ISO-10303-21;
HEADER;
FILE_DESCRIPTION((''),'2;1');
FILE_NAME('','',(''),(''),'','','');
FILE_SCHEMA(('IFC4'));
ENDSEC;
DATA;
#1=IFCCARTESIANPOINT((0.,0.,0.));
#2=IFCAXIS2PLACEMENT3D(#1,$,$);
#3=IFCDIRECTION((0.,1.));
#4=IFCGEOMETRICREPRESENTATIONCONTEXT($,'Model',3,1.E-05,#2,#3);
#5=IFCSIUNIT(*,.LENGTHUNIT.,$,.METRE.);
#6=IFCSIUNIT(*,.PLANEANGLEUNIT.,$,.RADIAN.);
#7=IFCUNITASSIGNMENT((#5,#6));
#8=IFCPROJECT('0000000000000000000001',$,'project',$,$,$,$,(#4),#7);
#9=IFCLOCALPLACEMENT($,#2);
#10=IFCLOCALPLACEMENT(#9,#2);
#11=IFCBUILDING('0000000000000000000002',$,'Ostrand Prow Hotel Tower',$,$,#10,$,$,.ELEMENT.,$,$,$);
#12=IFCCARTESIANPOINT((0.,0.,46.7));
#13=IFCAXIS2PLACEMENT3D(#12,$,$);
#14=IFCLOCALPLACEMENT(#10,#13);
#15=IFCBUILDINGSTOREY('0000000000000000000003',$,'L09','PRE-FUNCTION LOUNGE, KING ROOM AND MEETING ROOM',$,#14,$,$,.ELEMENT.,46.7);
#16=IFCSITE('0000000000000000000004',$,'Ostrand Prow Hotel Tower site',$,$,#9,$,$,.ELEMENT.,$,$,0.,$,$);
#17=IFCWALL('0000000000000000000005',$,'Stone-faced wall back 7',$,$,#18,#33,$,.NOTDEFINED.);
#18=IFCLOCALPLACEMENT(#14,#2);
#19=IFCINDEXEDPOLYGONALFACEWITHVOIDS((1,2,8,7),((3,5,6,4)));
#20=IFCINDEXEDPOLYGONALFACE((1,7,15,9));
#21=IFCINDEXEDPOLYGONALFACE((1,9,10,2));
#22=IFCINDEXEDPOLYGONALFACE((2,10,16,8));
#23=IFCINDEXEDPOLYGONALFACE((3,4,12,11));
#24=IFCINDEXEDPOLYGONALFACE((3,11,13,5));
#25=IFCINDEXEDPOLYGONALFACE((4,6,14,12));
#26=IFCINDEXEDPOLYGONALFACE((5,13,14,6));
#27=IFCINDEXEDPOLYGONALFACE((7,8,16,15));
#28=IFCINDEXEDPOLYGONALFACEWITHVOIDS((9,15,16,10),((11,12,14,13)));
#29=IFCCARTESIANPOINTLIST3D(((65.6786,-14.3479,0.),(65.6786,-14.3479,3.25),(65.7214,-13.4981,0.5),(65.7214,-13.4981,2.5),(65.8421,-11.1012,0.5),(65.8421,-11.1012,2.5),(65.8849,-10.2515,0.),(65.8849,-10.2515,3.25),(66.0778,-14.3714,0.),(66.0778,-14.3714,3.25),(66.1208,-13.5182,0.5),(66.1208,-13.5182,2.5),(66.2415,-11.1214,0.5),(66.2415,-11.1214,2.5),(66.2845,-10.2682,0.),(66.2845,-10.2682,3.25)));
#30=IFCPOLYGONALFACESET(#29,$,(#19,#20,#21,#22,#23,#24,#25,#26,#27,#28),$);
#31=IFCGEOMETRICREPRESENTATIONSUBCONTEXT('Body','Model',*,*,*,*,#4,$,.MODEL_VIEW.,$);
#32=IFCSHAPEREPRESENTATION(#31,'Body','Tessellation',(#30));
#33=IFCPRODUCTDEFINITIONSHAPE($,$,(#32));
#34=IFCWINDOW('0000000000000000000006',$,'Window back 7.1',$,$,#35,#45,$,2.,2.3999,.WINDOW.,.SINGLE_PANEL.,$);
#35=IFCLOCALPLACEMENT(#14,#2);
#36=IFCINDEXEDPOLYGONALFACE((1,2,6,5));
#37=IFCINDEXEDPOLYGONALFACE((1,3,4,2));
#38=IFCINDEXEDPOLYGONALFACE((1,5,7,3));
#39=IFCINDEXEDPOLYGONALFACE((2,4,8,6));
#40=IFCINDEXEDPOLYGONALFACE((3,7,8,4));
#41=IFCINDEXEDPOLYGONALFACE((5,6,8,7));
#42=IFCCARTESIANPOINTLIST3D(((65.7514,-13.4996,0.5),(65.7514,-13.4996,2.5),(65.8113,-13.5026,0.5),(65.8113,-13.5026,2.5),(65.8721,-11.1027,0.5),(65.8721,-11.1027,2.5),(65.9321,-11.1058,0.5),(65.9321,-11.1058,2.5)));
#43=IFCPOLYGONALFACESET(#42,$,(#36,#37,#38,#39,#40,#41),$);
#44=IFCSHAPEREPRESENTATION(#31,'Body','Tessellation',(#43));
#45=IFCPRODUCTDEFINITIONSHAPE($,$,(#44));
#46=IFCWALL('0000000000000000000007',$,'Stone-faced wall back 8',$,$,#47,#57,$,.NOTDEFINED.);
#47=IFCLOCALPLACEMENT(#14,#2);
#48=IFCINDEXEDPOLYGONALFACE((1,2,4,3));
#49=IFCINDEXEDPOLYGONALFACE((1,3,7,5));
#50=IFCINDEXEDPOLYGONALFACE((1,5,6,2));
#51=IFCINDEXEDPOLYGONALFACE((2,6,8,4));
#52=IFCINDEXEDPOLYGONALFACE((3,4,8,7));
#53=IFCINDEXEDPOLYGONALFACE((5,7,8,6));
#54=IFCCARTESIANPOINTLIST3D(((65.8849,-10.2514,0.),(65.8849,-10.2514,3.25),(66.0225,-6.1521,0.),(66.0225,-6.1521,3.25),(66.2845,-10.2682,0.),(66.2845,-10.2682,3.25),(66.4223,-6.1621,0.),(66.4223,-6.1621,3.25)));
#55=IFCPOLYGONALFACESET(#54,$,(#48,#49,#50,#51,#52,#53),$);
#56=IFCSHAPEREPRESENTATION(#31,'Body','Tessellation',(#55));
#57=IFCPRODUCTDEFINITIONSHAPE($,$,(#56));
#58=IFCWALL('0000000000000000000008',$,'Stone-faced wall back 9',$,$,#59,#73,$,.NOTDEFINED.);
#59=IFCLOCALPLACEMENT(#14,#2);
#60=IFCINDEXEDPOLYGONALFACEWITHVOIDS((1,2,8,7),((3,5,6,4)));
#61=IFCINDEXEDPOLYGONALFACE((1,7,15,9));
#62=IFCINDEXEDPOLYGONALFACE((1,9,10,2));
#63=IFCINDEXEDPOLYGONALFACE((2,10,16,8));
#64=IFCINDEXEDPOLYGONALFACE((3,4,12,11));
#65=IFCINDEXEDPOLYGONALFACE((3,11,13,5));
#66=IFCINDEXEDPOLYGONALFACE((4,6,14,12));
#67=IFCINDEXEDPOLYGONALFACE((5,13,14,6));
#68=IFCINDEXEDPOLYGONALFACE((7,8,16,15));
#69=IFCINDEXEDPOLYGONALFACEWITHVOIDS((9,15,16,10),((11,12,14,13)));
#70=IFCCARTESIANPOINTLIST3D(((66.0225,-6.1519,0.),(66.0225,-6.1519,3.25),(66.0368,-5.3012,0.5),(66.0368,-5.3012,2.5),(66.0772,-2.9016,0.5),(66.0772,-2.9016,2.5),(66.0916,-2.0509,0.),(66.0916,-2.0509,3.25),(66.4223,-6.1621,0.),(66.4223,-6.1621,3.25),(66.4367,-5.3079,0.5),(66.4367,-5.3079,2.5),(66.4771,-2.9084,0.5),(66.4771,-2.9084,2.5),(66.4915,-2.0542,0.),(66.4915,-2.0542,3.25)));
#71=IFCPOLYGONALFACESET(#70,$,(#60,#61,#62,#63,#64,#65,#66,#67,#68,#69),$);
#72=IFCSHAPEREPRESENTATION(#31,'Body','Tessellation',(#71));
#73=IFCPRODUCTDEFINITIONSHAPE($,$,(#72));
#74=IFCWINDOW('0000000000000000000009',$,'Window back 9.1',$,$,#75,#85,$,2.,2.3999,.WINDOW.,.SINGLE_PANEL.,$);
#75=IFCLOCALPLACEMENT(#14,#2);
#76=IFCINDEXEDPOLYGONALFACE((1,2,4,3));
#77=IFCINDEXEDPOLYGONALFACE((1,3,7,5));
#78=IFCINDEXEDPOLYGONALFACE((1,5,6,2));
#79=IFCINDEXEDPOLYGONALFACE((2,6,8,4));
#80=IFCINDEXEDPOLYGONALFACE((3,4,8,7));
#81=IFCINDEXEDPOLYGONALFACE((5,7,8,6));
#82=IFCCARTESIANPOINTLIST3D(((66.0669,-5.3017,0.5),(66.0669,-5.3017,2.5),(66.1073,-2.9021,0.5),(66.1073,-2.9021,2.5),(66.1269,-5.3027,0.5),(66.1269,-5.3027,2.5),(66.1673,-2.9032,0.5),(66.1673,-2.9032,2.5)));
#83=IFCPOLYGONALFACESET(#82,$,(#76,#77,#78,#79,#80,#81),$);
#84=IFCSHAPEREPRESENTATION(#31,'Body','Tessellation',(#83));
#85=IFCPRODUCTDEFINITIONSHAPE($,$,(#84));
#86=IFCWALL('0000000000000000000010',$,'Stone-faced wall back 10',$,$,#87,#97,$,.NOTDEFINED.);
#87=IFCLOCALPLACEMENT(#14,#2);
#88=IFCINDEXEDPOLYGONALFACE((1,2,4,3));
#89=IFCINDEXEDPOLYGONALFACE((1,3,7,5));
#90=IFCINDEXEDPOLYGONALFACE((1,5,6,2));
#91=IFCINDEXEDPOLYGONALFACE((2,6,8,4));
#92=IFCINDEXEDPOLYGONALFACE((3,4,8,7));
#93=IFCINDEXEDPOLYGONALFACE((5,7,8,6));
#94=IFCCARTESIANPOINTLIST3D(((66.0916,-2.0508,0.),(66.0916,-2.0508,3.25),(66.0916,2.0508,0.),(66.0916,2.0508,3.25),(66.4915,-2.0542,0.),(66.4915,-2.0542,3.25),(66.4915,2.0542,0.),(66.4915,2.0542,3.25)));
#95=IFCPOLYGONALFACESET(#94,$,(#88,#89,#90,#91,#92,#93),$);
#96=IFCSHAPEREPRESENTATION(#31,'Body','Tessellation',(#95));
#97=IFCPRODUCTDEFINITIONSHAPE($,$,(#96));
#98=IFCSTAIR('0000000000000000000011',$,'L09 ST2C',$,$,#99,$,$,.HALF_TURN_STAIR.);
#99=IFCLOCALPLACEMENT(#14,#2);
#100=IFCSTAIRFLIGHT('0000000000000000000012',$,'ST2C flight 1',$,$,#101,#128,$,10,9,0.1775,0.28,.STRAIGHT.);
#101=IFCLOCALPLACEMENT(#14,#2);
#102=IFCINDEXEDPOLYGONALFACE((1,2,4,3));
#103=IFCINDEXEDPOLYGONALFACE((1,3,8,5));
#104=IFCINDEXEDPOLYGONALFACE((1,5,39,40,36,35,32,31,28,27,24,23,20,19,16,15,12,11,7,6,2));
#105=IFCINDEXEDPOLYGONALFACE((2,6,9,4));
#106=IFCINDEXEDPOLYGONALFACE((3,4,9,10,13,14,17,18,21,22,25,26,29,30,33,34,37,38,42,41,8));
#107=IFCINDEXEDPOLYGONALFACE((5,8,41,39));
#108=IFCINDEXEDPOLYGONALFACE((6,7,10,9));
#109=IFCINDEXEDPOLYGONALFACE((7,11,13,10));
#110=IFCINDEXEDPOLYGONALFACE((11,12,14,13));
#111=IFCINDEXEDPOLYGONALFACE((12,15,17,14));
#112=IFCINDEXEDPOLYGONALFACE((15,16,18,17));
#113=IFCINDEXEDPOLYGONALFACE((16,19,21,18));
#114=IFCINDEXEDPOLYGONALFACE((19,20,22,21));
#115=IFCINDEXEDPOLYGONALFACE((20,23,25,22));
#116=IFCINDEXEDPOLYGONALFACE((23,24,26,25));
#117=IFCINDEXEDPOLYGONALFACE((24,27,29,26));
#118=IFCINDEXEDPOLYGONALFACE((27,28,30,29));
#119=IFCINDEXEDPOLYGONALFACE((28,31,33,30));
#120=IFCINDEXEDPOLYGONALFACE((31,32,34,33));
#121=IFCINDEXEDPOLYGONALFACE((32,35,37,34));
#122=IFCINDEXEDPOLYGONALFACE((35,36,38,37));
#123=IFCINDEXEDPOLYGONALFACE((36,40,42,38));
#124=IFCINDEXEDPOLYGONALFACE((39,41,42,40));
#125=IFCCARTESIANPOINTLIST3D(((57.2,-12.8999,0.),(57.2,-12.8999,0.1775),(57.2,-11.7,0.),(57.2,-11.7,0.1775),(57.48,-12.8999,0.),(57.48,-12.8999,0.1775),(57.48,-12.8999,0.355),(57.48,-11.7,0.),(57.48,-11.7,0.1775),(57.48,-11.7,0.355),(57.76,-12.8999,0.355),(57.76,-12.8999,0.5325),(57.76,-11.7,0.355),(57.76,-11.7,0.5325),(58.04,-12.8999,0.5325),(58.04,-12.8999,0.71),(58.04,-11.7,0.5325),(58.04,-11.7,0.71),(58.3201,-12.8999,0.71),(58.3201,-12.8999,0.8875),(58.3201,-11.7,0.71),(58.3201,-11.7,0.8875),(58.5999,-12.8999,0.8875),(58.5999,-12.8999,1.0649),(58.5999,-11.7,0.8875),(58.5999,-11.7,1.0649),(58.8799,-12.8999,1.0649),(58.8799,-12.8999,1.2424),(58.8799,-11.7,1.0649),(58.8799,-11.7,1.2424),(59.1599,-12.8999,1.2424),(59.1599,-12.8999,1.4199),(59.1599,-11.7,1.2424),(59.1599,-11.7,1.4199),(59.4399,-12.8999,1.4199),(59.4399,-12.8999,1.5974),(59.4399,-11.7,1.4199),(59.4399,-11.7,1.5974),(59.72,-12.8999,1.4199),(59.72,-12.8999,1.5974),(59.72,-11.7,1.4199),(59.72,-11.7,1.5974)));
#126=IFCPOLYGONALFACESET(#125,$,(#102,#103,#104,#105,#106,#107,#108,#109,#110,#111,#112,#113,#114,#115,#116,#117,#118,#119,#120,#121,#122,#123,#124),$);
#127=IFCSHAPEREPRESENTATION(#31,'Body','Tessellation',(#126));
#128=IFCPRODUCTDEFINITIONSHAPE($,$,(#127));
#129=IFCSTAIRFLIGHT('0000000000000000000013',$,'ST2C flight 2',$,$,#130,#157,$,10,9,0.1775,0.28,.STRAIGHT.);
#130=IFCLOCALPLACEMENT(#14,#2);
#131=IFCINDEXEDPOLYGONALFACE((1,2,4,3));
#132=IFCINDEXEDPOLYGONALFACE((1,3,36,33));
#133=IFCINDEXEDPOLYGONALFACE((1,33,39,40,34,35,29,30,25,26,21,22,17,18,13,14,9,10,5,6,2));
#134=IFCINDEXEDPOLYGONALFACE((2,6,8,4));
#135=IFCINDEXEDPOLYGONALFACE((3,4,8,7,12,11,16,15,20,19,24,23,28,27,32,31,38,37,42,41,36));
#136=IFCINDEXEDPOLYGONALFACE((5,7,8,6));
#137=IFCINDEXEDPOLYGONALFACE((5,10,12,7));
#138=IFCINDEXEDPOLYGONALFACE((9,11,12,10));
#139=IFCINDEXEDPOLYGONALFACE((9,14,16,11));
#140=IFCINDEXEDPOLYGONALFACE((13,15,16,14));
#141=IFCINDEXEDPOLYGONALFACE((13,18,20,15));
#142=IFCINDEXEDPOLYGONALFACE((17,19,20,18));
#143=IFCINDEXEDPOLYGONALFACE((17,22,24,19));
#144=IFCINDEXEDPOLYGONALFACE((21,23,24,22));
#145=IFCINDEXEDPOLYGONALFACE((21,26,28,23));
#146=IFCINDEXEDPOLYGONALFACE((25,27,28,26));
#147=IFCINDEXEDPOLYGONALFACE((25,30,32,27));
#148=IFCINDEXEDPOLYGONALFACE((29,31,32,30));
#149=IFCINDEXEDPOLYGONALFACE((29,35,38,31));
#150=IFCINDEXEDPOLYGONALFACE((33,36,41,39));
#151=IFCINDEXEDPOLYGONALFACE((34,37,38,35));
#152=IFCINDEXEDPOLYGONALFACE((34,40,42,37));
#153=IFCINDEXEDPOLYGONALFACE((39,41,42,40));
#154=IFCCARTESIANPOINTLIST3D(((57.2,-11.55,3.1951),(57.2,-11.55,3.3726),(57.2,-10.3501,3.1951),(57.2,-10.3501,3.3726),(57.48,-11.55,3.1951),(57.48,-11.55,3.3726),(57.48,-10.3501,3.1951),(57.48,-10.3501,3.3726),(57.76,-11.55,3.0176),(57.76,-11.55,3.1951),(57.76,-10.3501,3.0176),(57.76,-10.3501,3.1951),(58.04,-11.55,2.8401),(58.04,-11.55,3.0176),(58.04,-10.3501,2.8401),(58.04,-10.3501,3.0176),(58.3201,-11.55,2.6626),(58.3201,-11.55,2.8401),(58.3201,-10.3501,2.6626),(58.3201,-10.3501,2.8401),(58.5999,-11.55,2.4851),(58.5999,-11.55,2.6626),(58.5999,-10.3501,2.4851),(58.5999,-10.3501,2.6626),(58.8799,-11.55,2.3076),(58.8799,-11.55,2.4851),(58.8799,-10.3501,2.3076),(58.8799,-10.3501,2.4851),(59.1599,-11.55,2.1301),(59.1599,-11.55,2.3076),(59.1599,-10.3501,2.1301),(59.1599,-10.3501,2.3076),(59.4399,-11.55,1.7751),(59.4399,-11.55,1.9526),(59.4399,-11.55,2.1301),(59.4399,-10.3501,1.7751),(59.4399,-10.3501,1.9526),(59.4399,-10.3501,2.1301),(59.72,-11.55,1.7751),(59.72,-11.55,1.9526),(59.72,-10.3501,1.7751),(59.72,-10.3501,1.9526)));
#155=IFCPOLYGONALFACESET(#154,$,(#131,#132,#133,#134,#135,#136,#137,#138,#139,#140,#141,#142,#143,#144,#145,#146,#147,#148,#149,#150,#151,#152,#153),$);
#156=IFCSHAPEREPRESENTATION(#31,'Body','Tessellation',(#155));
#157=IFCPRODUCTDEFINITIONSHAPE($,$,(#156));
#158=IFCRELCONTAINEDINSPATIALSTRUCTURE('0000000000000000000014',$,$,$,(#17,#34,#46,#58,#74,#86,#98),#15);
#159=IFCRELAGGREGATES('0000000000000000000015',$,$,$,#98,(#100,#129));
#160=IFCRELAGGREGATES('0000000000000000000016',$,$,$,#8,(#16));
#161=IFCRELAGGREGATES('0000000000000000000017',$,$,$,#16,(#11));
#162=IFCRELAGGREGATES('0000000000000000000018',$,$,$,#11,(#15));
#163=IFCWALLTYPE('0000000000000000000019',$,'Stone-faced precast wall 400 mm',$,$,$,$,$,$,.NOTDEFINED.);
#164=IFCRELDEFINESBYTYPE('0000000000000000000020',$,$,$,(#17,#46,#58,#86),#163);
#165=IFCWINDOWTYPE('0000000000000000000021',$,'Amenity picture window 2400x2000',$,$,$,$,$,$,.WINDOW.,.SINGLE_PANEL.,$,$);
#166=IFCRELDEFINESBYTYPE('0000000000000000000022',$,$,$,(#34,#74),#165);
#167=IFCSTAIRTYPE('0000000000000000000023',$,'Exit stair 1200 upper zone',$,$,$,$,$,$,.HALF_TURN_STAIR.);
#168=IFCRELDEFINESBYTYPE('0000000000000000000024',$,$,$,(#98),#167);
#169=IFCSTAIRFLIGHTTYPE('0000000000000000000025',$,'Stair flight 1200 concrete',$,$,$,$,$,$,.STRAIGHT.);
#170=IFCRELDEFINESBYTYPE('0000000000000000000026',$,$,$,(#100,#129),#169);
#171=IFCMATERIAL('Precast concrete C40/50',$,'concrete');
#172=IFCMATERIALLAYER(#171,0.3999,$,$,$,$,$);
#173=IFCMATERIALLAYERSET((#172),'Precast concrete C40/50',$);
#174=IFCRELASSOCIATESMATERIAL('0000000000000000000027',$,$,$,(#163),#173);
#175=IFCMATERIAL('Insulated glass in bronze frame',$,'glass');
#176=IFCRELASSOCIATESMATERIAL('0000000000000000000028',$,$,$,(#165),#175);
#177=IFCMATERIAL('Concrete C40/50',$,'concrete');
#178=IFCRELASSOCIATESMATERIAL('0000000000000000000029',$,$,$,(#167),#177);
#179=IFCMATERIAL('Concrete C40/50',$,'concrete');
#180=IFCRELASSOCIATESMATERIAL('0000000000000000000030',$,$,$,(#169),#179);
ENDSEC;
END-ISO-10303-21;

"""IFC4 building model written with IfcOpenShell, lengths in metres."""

from ifc_helpers import new_model, si_unit, direction, frame, frame_2d, origin, place, context, subcontext, project, spatial, polyline, rectangle, outline, extrude, material, layer, layer_set, type_object, element, fill, aggregate, save


model = new_model("IFC4")

# Units and contexts
model_context = context("Model", 3, precision=1e-05, world=origin(), true_north=direction((0.0, 1.0)))
body_context = subcontext(model_context, "Body", "Model", "MODEL_VIEW")
ifc_project = project(units=[si_unit("LENGTHUNIT", "METRE"), si_unit("PLANEANGLEUNIT", "RADIAN")], contexts=[model_context])

# Site, building, storey
site_placement = place(None, origin())
site = spatial("IfcSite", under=ifc_project, at=site_placement, Name="Ostrand Prow Hotel Tower site", CompositionType="ELEMENT", RefElevation=0.0)
building_placement = place(site_placement, origin())
building = spatial("IfcBuilding", under=site, at=building_placement, Name="Ostrand Prow Hotel Tower", CompositionType="ELEMENT")
storey_placement = place(building_placement, frame((0.0, 0.0, 46.7)))
storey = spatial("IfcBuildingStorey", under=building, at=storey_placement, Name="L09", Description="PRE-FUNCTION LOUNGE, KING ROOM AND MEETING ROOM", CompositionType="ELEMENT", Elevation=46.7)

# Wall, opening, window
ifc_material_1 = material(Name="Precast concrete C40/50", Category="concrete")
ifc_layer_1 = layer(ifc_material_1, 0.3999)
ifc_layer_set_1 = layer_set([ifc_layer_1], Name="Precast concrete C40/50")
wall_type_1 = type_object("IfcWallType", Name="Stone-faced precast wall 400 mm", PredefinedType="NOTDEFINED", material=ifc_layer_set_1)
wall_1_placement = place(storey_placement, frame((65.8782, -14.3596, 0.0), z_axis=(0.0, 0.0, 1.0), x_axis=(0.050314, 0.998733, 0.0)))
wall_1 = element("IfcWall", 1, at=wall_1_placement, inside=storey, type_object=wall_type_1, Name="Stone-faced wall back 7", PredefinedType="NOTDEFINED", context=body_context, shape_type="SweptSolid", body=[
    extrude(outline(polyline([(-0.0017, -0.2), (4.1067, -0.2), (4.1033, 0.2), (0.0017, 0.2), (-0.0017, -0.2)])), origin(), (0.0, 0.0, 1.0), 3.25),
])
opening_1_placement = place(wall_1_placement, frame((0.8525, 0.0, 0.5)))
opening_1 = element("IfcOpeningElement", 2, at=opening_1_placement, cuts=wall_1, PredefinedType="OPENING", context=body_context, shape_type="SweptSolid", body=[
    extrude(rectangle(XDim=2.3999, YDim=2.0, at=frame_2d((1.2, 1.0))), frame((0.0, 0.21, 0.0), z_axis=(0.0, -1.0, 0.0), x_axis=(1.0, 0.0, 0.0)), (0.0, 0.0, 1.0), 0.4199),
])
ifc_material_2 = material(Name="Insulated glass in bronze frame", Category="glass")
window_type = type_object("IfcWindowType", Name="Amenity picture window 2400x2000", PartitioningType="SINGLE_PANEL", PredefinedType="WINDOW", material=ifc_material_2)
window_1_placement = place(opening_1_placement, origin())
window_1 = element("IfcWindow", 3, at=window_1_placement, inside=storey, type_object=window_type, Name="Window back 7.1", OverallHeight=2.0, OverallWidth=2.3999, PartitioningType="SINGLE_PANEL", PredefinedType="WINDOW", context=body_context, shape_type="SweptSolid", body=[
    extrude(rectangle(XDim=2.3999, YDim=2.0, at=frame_2d((1.2, 1.0))), frame((0.0, 0.1699, 0.0), z_axis=(0.0, -1.0, 0.0), x_axis=(1.0, 0.0, 0.0)), (0.0, 0.0, 1.0), 0.0601),
])
fill(opening_1, window_1)

# Wall
wall_2_placement = place(storey_placement, frame((66.0847, -10.2598, 0.0), z_axis=(0.0, 0.0, 1.0), x_axis=(0.033543, 0.999437, 0.0)))
element("IfcWall", 4, at=wall_2_placement, inside=storey, type_object=wall_type_1, Name="Stone-faced wall back 8", PredefinedType="NOTDEFINED", context=body_context, shape_type="SweptSolid", body=[
    extrude(outline(polyline([(-0.0017, -0.2), (4.1067, -0.2), (4.1033, 0.2), (0.0017, 0.2), (-0.0017, -0.2)])), origin(), (0.0, 0.0, 1.0), 3.25),
])

# Wall, opening, window
wall_3_placement = place(storey_placement, frame((66.2224, -6.157, 0.0), z_axis=(0.0, 0.0, 1.0), x_axis=(0.016831, 0.999858, 0.0)))
wall_3 = element("IfcWall", 5, at=wall_3_placement, inside=storey, type_object=wall_type_1, Name="Stone-faced wall back 9", PredefinedType="NOTDEFINED", context=body_context, shape_type="SweptSolid", body=[
    extrude(outline(polyline([(-0.0017, -0.2), (4.1067, -0.2), (4.1033, 0.2), (0.0017, 0.2), (-0.0017, -0.2)])), origin(), (0.0, 0.0, 1.0), 3.25),
])
opening_2_placement = place(wall_3_placement, frame((0.8525, 0.0, 0.5)))
opening_2 = element("IfcOpeningElement", 6, at=opening_2_placement, cuts=wall_3, PredefinedType="OPENING", context=body_context, shape_type="SweptSolid", body=[
    extrude(rectangle(XDim=2.3999, YDim=2.0, at=frame_2d((1.2, 1.0))), frame((0.0, 0.21, 0.0), z_axis=(0.0, -1.0, 0.0), x_axis=(1.0, 0.0, 0.0)), (0.0, 0.0, 1.0), 0.4199),
])
window_2_placement = place(opening_2_placement, origin())
window_2 = element("IfcWindow", 7, at=window_2_placement, inside=storey, type_object=window_type, Name="Window back 9.1", OverallHeight=2.0, OverallWidth=2.3999, PartitioningType="SINGLE_PANEL", PredefinedType="WINDOW", context=body_context, shape_type="SweptSolid", body=[
    extrude(rectangle(XDim=2.3999, YDim=2.0, at=frame_2d((1.2, 1.0))), frame((0.0, 0.1699, 0.0), z_axis=(0.0, -1.0, 0.0), x_axis=(1.0, 0.0, 0.0)), (0.0, 0.0, 1.0), 0.0601),
])
fill(opening_2, window_2)

# Wall
wall_4_placement = place(storey_placement, frame((66.2915, -2.0525, 0.0), z_axis=(0.0, 0.0, 1.0), x_axis=(0.0, 1.0, 0.0)))
element("IfcWall", 8, at=wall_4_placement, inside=storey, type_object=wall_type_1, Name="Stone-faced wall back 10", PredefinedType="NOTDEFINED", context=body_context, shape_type="SweptSolid", body=[
    extrude(outline(polyline([(-0.0017, -0.2), (4.1067, -0.2), (4.1033, 0.2), (0.0017, 0.2), (-0.0017, -0.2)])), origin(), (0.0, 0.0, 1.0), 3.25),
])

# Stair, stair flights
ifc_material_3 = material(Name="Concrete C40/50", Category="concrete")
stair_type = type_object("IfcStairType", Name="Exit stair 1200 upper zone", PredefinedType="HALF_TURN_STAIR", material=ifc_material_3)
stair_placement = place(storey_placement, origin())
stair = element("IfcStair", 9, at=stair_placement, inside=storey, type_object=stair_type, Name="L09 ST2C", PredefinedType="HALF_TURN_STAIR")
ifc_material_4 = material(Name="Concrete C40/50", Category="concrete")
stair_flight_type = type_object("IfcStairFlightType", Name="Stair flight 1200 concrete", PredefinedType="STRAIGHT", material=ifc_material_4)
stair_flight_1_placement = place(storey_placement, frame((57.2, -12.3, 0.0), z_axis=(0.0, 0.0, 1.0), x_axis=(1.0, 0.0, 0.0)))
stair_flight_1 = element("IfcStairFlight", 10, at=stair_flight_1_placement, type_object=stair_flight_type, Name="ST2C flight 1", NumberOfRisers=10, NumberOfTreads=9, PredefinedType="STRAIGHT", RiserHeight=0.1775, TreadLength=0.28, context=body_context, shape_type="SweptSolid", body=[
    extrude(outline(polyline([(0.0, 0.0), (0.0, 0.1775), (0.28, 0.1775), (0.28, 0.355), (0.5601, 0.355), (0.5601, 0.5325), (0.8401, 0.5325), (0.8401, 0.71), (1.1201, 0.71), (1.1201, 0.8875), (1.3999, 0.8875), (1.3999, 1.0649), (1.6799, 1.0649), (1.6799, 1.2424), (1.96, 1.2424), (1.96, 1.4199), (2.24, 1.4199), (2.24, 1.5974), (2.52, 1.5974), (2.52, 1.7749), (2.52, 1.4199), (0.28, 0.0), (0.0, 0.0)])), frame((0.0, 0.6001, 0.0), z_axis=(0.0, -1.0, 0.0), x_axis=(1.0, 0.0, 0.0)), (0.0, 0.0, 1.0), 1.2),
])
stair_flight_2_placement = place(storey_placement, frame((59.72, -10.95, 1.7751), z_axis=(0.0, 0.0, 1.0), x_axis=(-1.0, 0.0, 0.0)))
stair_flight_2 = element("IfcStairFlight", 11, at=stair_flight_2_placement, type_object=stair_flight_type, Name="ST2C flight 2", NumberOfRisers=10, NumberOfTreads=9, PredefinedType="STRAIGHT", RiserHeight=0.1775, TreadLength=0.28, context=body_context, shape_type="SweptSolid", body=[
    extrude(outline(polyline([(0.0, 0.0), (0.0, 0.1775), (0.28, 0.1775), (0.28, 0.355), (0.5601, 0.355), (0.5601, 0.5325), (0.8401, 0.5325), (0.8401, 0.71), (1.1201, 0.71), (1.1201, 0.8875), (1.3999, 0.8875), (1.3999, 1.0649), (1.6799, 1.0649), (1.6799, 1.2424), (1.96, 1.2424), (1.96, 1.4199), (2.24, 1.4199), (2.24, 1.5974), (2.52, 1.5974), (2.52, 1.7749), (2.52, 1.4199), (0.28, 0.0), (0.0, 0.0)])), frame((0.0, 0.6001, 0.0), z_axis=(0.0, -1.0, 0.0), x_axis=(1.0, 0.0, 0.0)), (0.0, 0.0, 1.0), 1.2),
])
aggregate(stair, [stair_flight_1, stair_flight_2])

save(model, "model.ifc")
